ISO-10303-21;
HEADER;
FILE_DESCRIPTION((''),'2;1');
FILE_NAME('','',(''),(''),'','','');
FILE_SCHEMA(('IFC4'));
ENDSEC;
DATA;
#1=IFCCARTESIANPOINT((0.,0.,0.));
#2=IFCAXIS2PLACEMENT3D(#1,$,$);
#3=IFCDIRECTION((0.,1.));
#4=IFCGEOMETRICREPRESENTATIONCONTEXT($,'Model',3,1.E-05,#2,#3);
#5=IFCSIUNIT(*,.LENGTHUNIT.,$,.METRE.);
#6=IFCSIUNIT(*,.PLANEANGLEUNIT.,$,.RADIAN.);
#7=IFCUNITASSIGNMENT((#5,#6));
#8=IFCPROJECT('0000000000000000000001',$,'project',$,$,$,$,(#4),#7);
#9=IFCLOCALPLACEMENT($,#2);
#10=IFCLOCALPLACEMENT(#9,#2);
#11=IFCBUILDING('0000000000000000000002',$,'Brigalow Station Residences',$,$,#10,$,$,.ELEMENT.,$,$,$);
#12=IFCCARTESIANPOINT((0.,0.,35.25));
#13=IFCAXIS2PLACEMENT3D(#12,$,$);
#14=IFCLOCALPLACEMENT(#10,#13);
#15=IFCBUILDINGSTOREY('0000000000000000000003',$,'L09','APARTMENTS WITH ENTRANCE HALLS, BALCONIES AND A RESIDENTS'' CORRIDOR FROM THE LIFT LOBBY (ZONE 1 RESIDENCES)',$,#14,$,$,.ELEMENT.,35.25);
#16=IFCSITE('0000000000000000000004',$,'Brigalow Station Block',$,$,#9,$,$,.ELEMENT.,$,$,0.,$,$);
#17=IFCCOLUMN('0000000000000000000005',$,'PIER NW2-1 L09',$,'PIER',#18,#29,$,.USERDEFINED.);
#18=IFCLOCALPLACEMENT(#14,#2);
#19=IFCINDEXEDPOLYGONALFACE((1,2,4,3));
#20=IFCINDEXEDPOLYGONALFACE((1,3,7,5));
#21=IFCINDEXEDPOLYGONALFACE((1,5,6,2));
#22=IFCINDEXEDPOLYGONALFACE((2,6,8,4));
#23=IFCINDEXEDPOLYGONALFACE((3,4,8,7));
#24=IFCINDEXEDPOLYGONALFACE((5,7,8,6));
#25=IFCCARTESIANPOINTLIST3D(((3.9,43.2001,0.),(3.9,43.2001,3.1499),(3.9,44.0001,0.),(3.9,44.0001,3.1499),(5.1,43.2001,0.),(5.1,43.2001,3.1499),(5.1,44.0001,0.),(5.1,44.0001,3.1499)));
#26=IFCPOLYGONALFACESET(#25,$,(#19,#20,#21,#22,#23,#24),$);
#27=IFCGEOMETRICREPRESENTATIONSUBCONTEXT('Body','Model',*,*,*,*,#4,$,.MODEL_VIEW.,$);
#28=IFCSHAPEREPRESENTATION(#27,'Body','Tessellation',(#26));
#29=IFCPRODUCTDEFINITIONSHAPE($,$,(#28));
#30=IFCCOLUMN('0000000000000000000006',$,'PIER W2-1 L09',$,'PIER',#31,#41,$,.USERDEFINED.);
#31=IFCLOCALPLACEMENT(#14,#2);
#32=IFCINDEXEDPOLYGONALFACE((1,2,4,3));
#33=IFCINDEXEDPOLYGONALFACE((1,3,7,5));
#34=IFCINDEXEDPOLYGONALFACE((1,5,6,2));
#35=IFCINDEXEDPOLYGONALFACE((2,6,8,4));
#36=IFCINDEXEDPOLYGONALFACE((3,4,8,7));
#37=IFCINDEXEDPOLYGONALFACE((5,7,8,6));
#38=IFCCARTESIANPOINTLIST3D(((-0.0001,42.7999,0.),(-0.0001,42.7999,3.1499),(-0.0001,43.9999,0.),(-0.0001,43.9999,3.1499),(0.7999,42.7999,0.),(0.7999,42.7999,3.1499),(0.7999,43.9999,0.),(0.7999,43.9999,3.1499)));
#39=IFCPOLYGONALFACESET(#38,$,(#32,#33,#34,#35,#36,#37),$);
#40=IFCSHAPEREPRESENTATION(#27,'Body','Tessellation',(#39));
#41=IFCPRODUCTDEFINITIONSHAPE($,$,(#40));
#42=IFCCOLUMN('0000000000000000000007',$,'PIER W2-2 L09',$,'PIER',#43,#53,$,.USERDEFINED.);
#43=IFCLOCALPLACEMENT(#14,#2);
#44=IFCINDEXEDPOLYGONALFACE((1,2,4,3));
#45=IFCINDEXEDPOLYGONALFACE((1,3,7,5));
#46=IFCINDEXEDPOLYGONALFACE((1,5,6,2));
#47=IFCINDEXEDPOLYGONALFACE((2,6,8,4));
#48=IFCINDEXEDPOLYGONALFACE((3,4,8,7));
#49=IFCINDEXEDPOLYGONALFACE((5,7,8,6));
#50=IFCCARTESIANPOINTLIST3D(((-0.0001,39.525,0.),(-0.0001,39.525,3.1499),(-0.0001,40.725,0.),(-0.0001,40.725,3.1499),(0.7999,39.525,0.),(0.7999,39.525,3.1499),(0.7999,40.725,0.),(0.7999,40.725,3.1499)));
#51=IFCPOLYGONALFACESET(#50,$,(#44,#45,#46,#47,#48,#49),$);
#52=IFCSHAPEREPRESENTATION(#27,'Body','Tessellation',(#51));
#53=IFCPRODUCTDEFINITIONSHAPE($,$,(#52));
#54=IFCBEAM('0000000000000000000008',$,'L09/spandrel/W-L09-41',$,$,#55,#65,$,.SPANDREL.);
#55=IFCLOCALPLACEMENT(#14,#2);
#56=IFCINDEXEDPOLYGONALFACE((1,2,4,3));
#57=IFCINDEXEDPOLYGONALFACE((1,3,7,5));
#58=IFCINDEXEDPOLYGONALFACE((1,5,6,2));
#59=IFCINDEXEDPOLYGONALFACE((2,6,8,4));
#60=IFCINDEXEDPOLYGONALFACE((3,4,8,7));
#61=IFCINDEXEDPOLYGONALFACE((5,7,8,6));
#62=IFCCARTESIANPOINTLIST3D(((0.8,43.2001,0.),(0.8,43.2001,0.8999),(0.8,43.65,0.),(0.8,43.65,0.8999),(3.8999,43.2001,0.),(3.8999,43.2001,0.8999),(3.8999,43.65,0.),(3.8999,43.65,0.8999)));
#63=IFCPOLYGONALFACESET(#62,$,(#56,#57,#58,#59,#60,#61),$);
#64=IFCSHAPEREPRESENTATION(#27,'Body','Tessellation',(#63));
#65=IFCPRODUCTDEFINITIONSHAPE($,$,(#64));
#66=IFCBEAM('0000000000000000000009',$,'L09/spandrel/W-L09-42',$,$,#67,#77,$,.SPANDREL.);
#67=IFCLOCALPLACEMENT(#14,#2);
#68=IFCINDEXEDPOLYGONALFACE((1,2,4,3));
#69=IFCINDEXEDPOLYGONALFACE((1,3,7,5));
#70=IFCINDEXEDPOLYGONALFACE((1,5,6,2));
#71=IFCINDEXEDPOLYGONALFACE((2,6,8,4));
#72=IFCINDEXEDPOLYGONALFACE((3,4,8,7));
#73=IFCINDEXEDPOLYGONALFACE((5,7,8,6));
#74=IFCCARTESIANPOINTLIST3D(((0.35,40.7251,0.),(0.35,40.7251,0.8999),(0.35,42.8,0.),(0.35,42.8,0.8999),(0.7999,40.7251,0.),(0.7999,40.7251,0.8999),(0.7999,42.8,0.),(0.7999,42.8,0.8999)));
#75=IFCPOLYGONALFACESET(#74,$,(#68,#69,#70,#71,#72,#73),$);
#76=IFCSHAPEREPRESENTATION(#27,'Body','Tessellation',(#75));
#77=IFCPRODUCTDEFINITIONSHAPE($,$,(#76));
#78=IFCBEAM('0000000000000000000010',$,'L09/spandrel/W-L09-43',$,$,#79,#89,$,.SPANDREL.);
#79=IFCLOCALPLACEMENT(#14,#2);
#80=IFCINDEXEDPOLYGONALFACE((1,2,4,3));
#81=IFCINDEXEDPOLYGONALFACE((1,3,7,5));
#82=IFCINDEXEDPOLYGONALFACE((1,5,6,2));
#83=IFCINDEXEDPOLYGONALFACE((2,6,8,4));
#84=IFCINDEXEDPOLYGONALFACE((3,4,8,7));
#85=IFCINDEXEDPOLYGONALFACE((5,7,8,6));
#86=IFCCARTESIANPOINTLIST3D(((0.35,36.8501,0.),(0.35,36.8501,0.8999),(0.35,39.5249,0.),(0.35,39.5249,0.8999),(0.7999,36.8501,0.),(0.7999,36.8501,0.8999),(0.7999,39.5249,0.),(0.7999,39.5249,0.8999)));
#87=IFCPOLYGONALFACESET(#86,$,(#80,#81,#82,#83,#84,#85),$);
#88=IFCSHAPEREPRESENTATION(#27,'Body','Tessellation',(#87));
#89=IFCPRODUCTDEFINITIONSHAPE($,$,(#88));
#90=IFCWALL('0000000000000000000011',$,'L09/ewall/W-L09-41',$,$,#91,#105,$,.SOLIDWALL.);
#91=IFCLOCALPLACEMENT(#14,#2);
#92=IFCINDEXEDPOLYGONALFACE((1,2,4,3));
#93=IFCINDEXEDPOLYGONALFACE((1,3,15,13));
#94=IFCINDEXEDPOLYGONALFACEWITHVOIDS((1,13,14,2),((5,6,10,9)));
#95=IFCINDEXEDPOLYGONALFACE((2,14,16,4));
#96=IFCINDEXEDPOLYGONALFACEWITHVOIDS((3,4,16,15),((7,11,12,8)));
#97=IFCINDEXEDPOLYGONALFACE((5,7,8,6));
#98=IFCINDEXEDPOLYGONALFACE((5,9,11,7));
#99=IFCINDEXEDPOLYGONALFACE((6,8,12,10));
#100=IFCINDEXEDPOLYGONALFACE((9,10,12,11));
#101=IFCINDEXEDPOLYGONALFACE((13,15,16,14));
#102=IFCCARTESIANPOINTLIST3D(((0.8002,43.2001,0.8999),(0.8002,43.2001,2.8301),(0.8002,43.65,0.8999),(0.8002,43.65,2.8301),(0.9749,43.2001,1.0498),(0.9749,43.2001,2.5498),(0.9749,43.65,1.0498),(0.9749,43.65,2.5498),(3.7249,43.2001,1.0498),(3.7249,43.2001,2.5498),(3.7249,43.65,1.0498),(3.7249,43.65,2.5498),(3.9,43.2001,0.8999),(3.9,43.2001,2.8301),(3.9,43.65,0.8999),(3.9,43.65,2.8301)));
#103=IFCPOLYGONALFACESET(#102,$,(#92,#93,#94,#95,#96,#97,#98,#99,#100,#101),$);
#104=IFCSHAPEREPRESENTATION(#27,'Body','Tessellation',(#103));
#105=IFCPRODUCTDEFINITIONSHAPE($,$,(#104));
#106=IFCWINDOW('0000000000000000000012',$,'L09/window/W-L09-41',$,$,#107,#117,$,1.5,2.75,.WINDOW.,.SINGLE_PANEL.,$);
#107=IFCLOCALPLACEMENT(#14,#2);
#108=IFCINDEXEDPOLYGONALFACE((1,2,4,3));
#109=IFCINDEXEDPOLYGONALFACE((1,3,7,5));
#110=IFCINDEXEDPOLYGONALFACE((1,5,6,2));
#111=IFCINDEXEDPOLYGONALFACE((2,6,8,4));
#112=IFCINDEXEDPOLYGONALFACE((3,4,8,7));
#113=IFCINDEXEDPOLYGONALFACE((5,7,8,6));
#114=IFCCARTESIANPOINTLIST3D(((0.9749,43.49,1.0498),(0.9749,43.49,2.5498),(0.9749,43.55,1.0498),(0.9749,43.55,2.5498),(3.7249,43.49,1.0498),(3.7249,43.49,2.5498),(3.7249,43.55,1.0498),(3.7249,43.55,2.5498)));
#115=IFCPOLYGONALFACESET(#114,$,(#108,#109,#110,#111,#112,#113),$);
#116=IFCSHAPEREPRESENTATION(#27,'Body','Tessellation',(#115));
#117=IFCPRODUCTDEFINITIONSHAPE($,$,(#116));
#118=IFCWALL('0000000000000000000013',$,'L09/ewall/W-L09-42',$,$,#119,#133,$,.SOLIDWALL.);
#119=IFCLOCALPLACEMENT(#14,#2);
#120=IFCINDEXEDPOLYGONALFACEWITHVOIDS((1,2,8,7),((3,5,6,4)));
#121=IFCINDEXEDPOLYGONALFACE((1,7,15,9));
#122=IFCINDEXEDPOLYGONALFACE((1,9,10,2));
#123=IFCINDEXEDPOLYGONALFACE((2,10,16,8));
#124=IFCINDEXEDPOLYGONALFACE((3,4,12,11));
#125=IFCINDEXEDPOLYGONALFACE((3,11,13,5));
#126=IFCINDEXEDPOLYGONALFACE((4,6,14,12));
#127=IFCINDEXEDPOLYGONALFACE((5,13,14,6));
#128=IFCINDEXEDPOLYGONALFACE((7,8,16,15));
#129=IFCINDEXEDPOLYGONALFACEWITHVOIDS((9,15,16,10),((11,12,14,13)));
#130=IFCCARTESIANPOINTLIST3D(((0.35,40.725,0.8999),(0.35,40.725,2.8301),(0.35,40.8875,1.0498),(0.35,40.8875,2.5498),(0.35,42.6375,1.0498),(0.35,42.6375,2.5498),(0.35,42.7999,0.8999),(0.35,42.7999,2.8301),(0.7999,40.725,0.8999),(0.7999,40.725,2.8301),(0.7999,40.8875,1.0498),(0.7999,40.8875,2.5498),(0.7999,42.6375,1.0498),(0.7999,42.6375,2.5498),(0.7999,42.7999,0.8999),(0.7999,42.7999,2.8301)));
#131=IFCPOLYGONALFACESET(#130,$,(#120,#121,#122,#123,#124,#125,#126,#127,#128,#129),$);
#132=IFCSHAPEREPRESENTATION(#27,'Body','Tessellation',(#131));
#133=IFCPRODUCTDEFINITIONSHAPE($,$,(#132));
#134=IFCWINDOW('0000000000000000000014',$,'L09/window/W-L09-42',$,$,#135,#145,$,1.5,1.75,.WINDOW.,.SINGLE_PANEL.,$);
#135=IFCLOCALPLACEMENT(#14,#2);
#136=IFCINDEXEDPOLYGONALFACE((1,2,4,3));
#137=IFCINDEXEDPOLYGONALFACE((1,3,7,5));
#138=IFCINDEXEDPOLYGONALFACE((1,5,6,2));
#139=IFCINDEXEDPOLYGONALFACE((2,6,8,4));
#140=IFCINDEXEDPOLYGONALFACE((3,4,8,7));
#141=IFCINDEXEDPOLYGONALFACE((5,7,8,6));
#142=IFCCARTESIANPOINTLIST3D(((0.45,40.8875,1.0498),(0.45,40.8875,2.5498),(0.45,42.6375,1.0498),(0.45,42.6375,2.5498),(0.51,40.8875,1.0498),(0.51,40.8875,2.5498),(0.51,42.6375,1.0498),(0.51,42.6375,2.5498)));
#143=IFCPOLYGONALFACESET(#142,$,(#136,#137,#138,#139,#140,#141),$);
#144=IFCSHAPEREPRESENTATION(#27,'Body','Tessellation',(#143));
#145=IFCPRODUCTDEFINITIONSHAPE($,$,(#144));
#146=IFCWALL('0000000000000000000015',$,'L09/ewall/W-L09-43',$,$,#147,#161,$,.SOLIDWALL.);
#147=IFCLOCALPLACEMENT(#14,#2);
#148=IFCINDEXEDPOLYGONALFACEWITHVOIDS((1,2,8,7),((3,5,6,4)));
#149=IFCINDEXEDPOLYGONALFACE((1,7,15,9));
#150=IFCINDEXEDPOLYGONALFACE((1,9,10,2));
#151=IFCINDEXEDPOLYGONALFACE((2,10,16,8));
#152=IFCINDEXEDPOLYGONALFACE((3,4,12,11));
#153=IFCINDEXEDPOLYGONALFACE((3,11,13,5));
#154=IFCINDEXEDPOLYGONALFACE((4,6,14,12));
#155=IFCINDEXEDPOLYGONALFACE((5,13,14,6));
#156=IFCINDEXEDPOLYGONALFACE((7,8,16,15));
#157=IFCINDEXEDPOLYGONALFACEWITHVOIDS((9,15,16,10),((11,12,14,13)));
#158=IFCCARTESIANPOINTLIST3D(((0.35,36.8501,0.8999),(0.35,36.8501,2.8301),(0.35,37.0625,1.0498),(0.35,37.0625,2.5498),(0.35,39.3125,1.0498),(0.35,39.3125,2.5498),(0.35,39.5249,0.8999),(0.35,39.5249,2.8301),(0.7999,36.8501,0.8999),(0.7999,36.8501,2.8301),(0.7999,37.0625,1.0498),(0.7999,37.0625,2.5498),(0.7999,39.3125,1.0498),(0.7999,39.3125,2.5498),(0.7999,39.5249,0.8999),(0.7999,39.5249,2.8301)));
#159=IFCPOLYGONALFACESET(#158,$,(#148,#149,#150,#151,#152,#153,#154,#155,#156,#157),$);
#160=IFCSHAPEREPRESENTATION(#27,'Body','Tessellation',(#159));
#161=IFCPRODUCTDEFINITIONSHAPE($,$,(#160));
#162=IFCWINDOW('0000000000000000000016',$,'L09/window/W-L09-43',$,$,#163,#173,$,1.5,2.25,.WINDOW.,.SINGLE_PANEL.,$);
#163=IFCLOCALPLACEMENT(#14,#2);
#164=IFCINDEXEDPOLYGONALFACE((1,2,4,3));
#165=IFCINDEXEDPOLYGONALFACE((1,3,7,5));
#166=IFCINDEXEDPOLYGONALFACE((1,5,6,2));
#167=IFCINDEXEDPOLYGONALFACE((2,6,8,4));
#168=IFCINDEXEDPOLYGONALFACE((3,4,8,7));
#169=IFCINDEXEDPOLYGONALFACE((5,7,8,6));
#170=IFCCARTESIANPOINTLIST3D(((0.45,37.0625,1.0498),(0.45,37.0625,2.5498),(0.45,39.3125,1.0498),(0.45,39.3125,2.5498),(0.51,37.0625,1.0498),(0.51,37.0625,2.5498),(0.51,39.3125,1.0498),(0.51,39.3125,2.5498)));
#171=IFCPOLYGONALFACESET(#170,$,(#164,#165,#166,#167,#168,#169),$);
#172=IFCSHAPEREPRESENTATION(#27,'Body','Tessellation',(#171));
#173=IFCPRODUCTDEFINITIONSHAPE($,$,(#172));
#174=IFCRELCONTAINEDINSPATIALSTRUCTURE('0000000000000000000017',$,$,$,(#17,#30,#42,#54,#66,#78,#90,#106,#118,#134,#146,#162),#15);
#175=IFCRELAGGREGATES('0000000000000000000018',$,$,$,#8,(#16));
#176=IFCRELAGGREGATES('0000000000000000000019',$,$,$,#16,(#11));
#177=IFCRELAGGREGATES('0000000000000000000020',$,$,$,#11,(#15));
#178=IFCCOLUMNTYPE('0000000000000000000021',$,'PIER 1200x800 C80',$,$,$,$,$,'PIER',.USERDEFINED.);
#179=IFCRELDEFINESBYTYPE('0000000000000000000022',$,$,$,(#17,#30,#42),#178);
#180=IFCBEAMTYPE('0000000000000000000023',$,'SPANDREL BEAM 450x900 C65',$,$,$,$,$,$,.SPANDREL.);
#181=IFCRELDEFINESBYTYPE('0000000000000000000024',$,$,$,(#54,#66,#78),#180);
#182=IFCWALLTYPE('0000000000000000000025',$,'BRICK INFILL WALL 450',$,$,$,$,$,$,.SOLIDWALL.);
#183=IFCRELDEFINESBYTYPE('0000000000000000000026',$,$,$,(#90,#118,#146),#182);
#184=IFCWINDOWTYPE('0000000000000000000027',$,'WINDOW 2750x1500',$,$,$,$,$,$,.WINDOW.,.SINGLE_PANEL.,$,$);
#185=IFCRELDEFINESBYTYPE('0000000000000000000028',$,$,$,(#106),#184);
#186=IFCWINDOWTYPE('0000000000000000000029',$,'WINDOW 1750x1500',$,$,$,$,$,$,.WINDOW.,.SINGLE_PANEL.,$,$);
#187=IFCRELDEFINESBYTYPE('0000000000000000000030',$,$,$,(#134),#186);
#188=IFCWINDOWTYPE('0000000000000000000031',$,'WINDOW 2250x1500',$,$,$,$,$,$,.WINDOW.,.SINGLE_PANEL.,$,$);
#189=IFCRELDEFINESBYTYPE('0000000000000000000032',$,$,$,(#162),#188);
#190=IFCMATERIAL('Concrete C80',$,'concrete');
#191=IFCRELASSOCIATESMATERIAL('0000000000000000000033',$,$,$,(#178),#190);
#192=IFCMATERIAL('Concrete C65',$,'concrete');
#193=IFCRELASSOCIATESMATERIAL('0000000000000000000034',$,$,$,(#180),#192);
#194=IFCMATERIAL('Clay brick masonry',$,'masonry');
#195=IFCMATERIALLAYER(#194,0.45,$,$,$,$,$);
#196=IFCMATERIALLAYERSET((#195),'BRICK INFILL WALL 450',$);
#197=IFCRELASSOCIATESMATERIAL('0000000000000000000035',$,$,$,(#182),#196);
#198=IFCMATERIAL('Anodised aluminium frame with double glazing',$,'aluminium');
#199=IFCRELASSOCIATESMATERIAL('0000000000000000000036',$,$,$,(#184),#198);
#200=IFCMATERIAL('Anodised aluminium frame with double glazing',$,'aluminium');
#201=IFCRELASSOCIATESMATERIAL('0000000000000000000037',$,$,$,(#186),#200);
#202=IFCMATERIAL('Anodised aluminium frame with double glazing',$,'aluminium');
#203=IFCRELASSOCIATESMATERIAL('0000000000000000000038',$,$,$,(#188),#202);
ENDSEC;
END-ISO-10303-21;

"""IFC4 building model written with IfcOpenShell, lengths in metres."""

from ifc_helpers import new_model, si_unit, direction, frame, frame_2d, origin, origin_2d, place, context, subcontext, project, spatial, rectangle, extrude, material, layer, layer_set, material_profile, profile_set, type_object, element, fill, save


model = new_model("IFC4")

# Units and contexts
model_context = context("Model", 3, precision=1e-05, world=origin(), true_north=direction((0.0, 1.0)))
body_context = subcontext(model_context, "Body", "Model", "MODEL_VIEW")
ifc_project = project(units=[si_unit("LENGTHUNIT", "METRE"), si_unit("PLANEANGLEUNIT", "RADIAN")], contexts=[model_context])

# Site, building, storey
site_placement = place(None, origin())
site = spatial("IfcSite", under=ifc_project, at=site_placement, Name="Brigalow Station Block", CompositionType="ELEMENT", RefElevation=0.0)
building_placement = place(site_placement, origin())
building = spatial("IfcBuilding", under=site, at=building_placement, Name="Brigalow Station Residences", CompositionType="ELEMENT")
storey_placement = place(building_placement, frame((0.0, 0.0, 35.25)))
storey = spatial("IfcBuildingStorey", under=building, at=storey_placement, Name="L09", Description="APARTMENTS WITH ENTRANCE HALLS, BALCONIES AND A RESIDENTS' CORRIDOR FROM THE LIFT LOBBY (ZONE 1 RESIDENCES)", CompositionType="ELEMENT", Elevation=35.25)

# Columns
ifc_material_1 = material(Name="Concrete C80", Category="concrete")
ifc_material_profile_1 = material_profile(ifc_material_1, rectangle(XDim=1.2, YDim=0.8, at=origin_2d()), Name="RC1200x800")
ifc_profile_set_1 = profile_set([ifc_material_profile_1], Name="Concrete C80")
column_type = type_object("IfcColumnType", Name="PIER 1200x800 C80", ElementType="PIER", PredefinedType="USERDEFINED", material=ifc_profile_set_1)
for number, where, z_axis, x_axis, name in (
    (1, (4.5, 43.6001, 0.0), (0.0, 0.0, 1.0), (-1.0, 0.0, 0.0), "PIER NW2-1 L09"),
    (2, (0.3999, 43.3999, 0.0), (0.0, 0.0, 1.0), (0.0, -1.0, 0.0), "PIER W2-1 L09"),
    (3, (0.3999, 40.125, 0.0), (0.0, 0.0, 1.0), (0.0, -1.0, 0.0), "PIER W2-2 L09"),
):
    element("IfcColumn", number, at=place(storey_placement, frame(where, z_axis=z_axis, x_axis=x_axis)), inside=storey, type_object=column_type, Name=name, ObjectType="PIER", PredefinedType="USERDEFINED", context=body_context, shape_type="SweptSolid", body=[
        extrude(rectangle(XDim=1.2, YDim=0.8, at=origin_2d()), origin(), (0.0, 0.0, 1.0), 3.1499),
    ])

# Beams
ifc_material_2 = material(Name="Concrete C65", Category="concrete")
ifc_material_profile_2 = material_profile(ifc_material_2, rectangle(XDim=0.45, YDim=0.8999, at=origin_2d()), Name="RC450x900")
ifc_profile_set_2 = profile_set([ifc_material_profile_2], Name="Concrete C65")
beam_type = type_object("IfcBeamType", Name="SPANDREL BEAM 450x900 C65", PredefinedType="SPANDREL", material=ifc_profile_set_2)
beam_1_placement = place(storey_placement, frame((3.8999, 43.425, 0.45), z_axis=(-1.0, 0.0, 0.0), x_axis=(0.0, -1.0, 0.0)))
element("IfcBeam", 4, at=beam_1_placement, inside=storey, type_object=beam_type, Name="L09/spandrel/W-L09-41", PredefinedType="SPANDREL", context=body_context, shape_type="SweptSolid", body=[
    extrude(rectangle(XDim=0.45, YDim=0.8999, at=origin_2d()), origin(), (0.0, 0.0, 1.0), 3.0999),
])
beam_2_placement = place(storey_placement, frame((0.575, 42.8, 0.45), z_axis=(0.0, -1.0, 0.0), x_axis=(1.0, 0.0, 0.0)))
element("IfcBeam", 5, at=beam_2_placement, inside=storey, type_object=beam_type, Name="L09/spandrel/W-L09-42", PredefinedType="SPANDREL", context=body_context, shape_type="SweptSolid", body=[
    extrude(rectangle(XDim=0.45, YDim=0.8999, at=origin_2d()), origin(), (0.0, 0.0, 1.0), 2.075),
])
beam_3_placement = place(storey_placement, frame((0.575, 39.5249, 0.45), z_axis=(0.0, -1.0, 0.0), x_axis=(1.0, 0.0, 0.0)))
element("IfcBeam", 6, at=beam_3_placement, inside=storey, type_object=beam_type, Name="L09/spandrel/W-L09-43", PredefinedType="SPANDREL", context=body_context, shape_type="SweptSolid", body=[
    extrude(rectangle(XDim=0.45, YDim=0.8999, at=origin_2d()), origin(), (0.0, 0.0, 1.0), 2.6748),
])

# Walls, openings, windows
ifc_material_3 = material(Name="Clay brick masonry", Category="masonry")
ifc_layer_1 = layer(ifc_material_3, 0.45)
ifc_layer_set_1 = layer_set([ifc_layer_1], Name="BRICK INFILL WALL 450")
wall_type_1 = type_object("IfcWallType", Name="BRICK INFILL WALL 450", PredefinedType="SOLIDWALL", material=ifc_layer_set_1)
wall_1_placement = place(storey_placement, frame((3.8999, 43.425, 0.8999), z_axis=(0.0, 0.0, 1.0), x_axis=(-1.0, 0.0, 0.0)))
wall_1 = element("IfcWall", 7, at=wall_1_placement, inside=storey, type_object=wall_type_1, Name="L09/ewall/W-L09-41", PredefinedType="SOLIDWALL", context=body_context, shape_type="SweptSolid", body=[
    extrude(rectangle(XDim=3.0999, YDim=0.45, at=frame_2d((1.5498, 0.0))), origin(), (0.0, 0.0, 1.0), 1.9302),
])
opening_1_placement = place(wall_1_placement, frame((0.175, 0.0, 0.1499)))
opening_1 = element("IfcOpeningElement", 8, at=opening_1_placement, cuts=wall_1, PredefinedType="OPENING", context=body_context, shape_type="SweptSolid", body=[
    extrude(rectangle(XDim=2.75, YDim=1.5, at=frame_2d((1.375, 0.75))), frame((0.0, 0.2349, 0.0), z_axis=(0.0, -1.0, 0.0), x_axis=(1.0, 0.0, 0.0)), (0.0, 0.0, 1.0), 0.47),
])
ifc_material_4 = material(Name="Anodised aluminium frame with double glazing", Category="aluminium")
window_type_1 = type_object("IfcWindowType", Name="WINDOW 2750x1500", PartitioningType="SINGLE_PANEL", PredefinedType="WINDOW", material=ifc_material_4)
window_1_placement = place(opening_1_placement, origin())
window_1 = element("IfcWindow", 9, at=window_1_placement, inside=storey, type_object=window_type_1, Name="L09/window/W-L09-41", OverallHeight=1.5, OverallWidth=2.75, PartitioningType="SINGLE_PANEL", PredefinedType="WINDOW", context=body_context, shape_type="SweptSolid", body=[
    extrude(rectangle(XDim=2.75, YDim=1.5, at=frame_2d((1.375, 0.75))), frame((0.0, -0.0649, 0.0), z_axis=(0.0, -1.0, 0.0), x_axis=(1.0, 0.0, 0.0)), (0.0, 0.0, 1.0), 0.0601),
])
fill(opening_1, window_1)
wall_2_placement = place(storey_placement, frame((0.575, 42.8, 0.8999), z_axis=(0.0, 0.0, 1.0), x_axis=(0.0, -1.0, 0.0)))
wall_2 = element("IfcWall", 10, at=wall_2_placement, inside=storey, type_object=wall_type_1, Name="L09/ewall/W-L09-42", PredefinedType="SOLIDWALL", context=body_context, shape_type="SweptSolid", body=[
    extrude(rectangle(XDim=2.075, YDim=0.45, at=frame_2d((1.0376, 0.0))), origin(), (0.0, 0.0, 1.0), 1.9302),
])
opening_2_placement = place(wall_2_placement, frame((0.1626, 0.0, 0.1499)))
opening_2 = element("IfcOpeningElement", 11, at=opening_2_placement, cuts=wall_2, PredefinedType="OPENING", context=body_context, shape_type="SweptSolid", body=[
    extrude(rectangle(XDim=1.75, YDim=1.5, at=frame_2d((0.875, 0.75))), frame((0.0, 0.2349, 0.0), z_axis=(0.0, -1.0, 0.0), x_axis=(1.0, 0.0, 0.0)), (0.0, 0.0, 1.0), 0.47),
])
ifc_material_5 = material(Name="Anodised aluminium frame with double glazing", Category="aluminium")
window_type_2 = type_object("IfcWindowType", Name="WINDOW 1750x1500", PartitioningType="SINGLE_PANEL", PredefinedType="WINDOW", material=ifc_material_5)
window_2_placement = place(opening_2_placement, origin())
window_2 = element("IfcWindow", 12, at=window_2_placement, inside=storey, type_object=window_type_2, Name="L09/window/W-L09-42", OverallHeight=1.5, OverallWidth=1.75, PartitioningType="SINGLE_PANEL", PredefinedType="WINDOW", context=body_context, shape_type="SweptSolid", body=[
    extrude(rectangle(XDim=1.75, YDim=1.5, at=frame_2d((0.875, 0.75))), frame((0.0, -0.0649, 0.0), z_axis=(0.0, -1.0, 0.0), x_axis=(1.0, 0.0, 0.0)), (0.0, 0.0, 1.0), 0.0601),
])
fill(opening_2, window_2)
wall_3_placement = place(storey_placement, frame((0.575, 39.5249, 0.8999), z_axis=(0.0, 0.0, 1.0), x_axis=(0.0, -1.0, 0.0)))
wall_3 = element("IfcWall", 13, at=wall_3_placement, inside=storey, type_object=wall_type_1, Name="L09/ewall/W-L09-43", PredefinedType="SOLIDWALL", context=body_context, shape_type="SweptSolid", body=[
    extrude(rectangle(XDim=2.6748, YDim=0.45, at=frame_2d((1.3374, 0.0))), origin(), (0.0, 0.0, 1.0), 1.9302),
])
opening_3_placement = place(wall_3_placement, frame((0.2124, 0.0, 0.1499)))
opening_3 = element("IfcOpeningElement", 14, at=opening_3_placement, cuts=wall_3, PredefinedType="OPENING", context=body_context, shape_type="SweptSolid", body=[
    extrude(rectangle(XDim=2.25, YDim=1.5, at=frame_2d((1.125, 0.75))), frame((0.0, 0.2349, 0.0), z_axis=(0.0, -1.0, 0.0), x_axis=(1.0, 0.0, 0.0)), (0.0, 0.0, 1.0), 0.47),
])
ifc_material_6 = material(Name="Anodised aluminium frame with double glazing", Category="aluminium")
window_type_3 = type_object("IfcWindowType", Name="WINDOW 2250x1500", PartitioningType="SINGLE_PANEL", PredefinedType="WINDOW", material=ifc_material_6)
window_3_placement = place(opening_3_placement, origin())
window_3 = element("IfcWindow", 15, at=window_3_placement, inside=storey, type_object=window_type_3, Name="L09/window/W-L09-43", OverallHeight=1.5, OverallWidth=2.25, PartitioningType="SINGLE_PANEL", PredefinedType="WINDOW", context=body_context, shape_type="SweptSolid", body=[
    extrude(rectangle(XDim=2.25, YDim=1.5, at=frame_2d((1.125, 0.75))), frame((0.0, -0.0649, 0.0), z_axis=(0.0, -1.0, 0.0), x_axis=(1.0, 0.0, 0.0)), (0.0, 0.0, 1.0), 0.0601),
])
fill(opening_3, window_3)

save(model, "model.ifc")
